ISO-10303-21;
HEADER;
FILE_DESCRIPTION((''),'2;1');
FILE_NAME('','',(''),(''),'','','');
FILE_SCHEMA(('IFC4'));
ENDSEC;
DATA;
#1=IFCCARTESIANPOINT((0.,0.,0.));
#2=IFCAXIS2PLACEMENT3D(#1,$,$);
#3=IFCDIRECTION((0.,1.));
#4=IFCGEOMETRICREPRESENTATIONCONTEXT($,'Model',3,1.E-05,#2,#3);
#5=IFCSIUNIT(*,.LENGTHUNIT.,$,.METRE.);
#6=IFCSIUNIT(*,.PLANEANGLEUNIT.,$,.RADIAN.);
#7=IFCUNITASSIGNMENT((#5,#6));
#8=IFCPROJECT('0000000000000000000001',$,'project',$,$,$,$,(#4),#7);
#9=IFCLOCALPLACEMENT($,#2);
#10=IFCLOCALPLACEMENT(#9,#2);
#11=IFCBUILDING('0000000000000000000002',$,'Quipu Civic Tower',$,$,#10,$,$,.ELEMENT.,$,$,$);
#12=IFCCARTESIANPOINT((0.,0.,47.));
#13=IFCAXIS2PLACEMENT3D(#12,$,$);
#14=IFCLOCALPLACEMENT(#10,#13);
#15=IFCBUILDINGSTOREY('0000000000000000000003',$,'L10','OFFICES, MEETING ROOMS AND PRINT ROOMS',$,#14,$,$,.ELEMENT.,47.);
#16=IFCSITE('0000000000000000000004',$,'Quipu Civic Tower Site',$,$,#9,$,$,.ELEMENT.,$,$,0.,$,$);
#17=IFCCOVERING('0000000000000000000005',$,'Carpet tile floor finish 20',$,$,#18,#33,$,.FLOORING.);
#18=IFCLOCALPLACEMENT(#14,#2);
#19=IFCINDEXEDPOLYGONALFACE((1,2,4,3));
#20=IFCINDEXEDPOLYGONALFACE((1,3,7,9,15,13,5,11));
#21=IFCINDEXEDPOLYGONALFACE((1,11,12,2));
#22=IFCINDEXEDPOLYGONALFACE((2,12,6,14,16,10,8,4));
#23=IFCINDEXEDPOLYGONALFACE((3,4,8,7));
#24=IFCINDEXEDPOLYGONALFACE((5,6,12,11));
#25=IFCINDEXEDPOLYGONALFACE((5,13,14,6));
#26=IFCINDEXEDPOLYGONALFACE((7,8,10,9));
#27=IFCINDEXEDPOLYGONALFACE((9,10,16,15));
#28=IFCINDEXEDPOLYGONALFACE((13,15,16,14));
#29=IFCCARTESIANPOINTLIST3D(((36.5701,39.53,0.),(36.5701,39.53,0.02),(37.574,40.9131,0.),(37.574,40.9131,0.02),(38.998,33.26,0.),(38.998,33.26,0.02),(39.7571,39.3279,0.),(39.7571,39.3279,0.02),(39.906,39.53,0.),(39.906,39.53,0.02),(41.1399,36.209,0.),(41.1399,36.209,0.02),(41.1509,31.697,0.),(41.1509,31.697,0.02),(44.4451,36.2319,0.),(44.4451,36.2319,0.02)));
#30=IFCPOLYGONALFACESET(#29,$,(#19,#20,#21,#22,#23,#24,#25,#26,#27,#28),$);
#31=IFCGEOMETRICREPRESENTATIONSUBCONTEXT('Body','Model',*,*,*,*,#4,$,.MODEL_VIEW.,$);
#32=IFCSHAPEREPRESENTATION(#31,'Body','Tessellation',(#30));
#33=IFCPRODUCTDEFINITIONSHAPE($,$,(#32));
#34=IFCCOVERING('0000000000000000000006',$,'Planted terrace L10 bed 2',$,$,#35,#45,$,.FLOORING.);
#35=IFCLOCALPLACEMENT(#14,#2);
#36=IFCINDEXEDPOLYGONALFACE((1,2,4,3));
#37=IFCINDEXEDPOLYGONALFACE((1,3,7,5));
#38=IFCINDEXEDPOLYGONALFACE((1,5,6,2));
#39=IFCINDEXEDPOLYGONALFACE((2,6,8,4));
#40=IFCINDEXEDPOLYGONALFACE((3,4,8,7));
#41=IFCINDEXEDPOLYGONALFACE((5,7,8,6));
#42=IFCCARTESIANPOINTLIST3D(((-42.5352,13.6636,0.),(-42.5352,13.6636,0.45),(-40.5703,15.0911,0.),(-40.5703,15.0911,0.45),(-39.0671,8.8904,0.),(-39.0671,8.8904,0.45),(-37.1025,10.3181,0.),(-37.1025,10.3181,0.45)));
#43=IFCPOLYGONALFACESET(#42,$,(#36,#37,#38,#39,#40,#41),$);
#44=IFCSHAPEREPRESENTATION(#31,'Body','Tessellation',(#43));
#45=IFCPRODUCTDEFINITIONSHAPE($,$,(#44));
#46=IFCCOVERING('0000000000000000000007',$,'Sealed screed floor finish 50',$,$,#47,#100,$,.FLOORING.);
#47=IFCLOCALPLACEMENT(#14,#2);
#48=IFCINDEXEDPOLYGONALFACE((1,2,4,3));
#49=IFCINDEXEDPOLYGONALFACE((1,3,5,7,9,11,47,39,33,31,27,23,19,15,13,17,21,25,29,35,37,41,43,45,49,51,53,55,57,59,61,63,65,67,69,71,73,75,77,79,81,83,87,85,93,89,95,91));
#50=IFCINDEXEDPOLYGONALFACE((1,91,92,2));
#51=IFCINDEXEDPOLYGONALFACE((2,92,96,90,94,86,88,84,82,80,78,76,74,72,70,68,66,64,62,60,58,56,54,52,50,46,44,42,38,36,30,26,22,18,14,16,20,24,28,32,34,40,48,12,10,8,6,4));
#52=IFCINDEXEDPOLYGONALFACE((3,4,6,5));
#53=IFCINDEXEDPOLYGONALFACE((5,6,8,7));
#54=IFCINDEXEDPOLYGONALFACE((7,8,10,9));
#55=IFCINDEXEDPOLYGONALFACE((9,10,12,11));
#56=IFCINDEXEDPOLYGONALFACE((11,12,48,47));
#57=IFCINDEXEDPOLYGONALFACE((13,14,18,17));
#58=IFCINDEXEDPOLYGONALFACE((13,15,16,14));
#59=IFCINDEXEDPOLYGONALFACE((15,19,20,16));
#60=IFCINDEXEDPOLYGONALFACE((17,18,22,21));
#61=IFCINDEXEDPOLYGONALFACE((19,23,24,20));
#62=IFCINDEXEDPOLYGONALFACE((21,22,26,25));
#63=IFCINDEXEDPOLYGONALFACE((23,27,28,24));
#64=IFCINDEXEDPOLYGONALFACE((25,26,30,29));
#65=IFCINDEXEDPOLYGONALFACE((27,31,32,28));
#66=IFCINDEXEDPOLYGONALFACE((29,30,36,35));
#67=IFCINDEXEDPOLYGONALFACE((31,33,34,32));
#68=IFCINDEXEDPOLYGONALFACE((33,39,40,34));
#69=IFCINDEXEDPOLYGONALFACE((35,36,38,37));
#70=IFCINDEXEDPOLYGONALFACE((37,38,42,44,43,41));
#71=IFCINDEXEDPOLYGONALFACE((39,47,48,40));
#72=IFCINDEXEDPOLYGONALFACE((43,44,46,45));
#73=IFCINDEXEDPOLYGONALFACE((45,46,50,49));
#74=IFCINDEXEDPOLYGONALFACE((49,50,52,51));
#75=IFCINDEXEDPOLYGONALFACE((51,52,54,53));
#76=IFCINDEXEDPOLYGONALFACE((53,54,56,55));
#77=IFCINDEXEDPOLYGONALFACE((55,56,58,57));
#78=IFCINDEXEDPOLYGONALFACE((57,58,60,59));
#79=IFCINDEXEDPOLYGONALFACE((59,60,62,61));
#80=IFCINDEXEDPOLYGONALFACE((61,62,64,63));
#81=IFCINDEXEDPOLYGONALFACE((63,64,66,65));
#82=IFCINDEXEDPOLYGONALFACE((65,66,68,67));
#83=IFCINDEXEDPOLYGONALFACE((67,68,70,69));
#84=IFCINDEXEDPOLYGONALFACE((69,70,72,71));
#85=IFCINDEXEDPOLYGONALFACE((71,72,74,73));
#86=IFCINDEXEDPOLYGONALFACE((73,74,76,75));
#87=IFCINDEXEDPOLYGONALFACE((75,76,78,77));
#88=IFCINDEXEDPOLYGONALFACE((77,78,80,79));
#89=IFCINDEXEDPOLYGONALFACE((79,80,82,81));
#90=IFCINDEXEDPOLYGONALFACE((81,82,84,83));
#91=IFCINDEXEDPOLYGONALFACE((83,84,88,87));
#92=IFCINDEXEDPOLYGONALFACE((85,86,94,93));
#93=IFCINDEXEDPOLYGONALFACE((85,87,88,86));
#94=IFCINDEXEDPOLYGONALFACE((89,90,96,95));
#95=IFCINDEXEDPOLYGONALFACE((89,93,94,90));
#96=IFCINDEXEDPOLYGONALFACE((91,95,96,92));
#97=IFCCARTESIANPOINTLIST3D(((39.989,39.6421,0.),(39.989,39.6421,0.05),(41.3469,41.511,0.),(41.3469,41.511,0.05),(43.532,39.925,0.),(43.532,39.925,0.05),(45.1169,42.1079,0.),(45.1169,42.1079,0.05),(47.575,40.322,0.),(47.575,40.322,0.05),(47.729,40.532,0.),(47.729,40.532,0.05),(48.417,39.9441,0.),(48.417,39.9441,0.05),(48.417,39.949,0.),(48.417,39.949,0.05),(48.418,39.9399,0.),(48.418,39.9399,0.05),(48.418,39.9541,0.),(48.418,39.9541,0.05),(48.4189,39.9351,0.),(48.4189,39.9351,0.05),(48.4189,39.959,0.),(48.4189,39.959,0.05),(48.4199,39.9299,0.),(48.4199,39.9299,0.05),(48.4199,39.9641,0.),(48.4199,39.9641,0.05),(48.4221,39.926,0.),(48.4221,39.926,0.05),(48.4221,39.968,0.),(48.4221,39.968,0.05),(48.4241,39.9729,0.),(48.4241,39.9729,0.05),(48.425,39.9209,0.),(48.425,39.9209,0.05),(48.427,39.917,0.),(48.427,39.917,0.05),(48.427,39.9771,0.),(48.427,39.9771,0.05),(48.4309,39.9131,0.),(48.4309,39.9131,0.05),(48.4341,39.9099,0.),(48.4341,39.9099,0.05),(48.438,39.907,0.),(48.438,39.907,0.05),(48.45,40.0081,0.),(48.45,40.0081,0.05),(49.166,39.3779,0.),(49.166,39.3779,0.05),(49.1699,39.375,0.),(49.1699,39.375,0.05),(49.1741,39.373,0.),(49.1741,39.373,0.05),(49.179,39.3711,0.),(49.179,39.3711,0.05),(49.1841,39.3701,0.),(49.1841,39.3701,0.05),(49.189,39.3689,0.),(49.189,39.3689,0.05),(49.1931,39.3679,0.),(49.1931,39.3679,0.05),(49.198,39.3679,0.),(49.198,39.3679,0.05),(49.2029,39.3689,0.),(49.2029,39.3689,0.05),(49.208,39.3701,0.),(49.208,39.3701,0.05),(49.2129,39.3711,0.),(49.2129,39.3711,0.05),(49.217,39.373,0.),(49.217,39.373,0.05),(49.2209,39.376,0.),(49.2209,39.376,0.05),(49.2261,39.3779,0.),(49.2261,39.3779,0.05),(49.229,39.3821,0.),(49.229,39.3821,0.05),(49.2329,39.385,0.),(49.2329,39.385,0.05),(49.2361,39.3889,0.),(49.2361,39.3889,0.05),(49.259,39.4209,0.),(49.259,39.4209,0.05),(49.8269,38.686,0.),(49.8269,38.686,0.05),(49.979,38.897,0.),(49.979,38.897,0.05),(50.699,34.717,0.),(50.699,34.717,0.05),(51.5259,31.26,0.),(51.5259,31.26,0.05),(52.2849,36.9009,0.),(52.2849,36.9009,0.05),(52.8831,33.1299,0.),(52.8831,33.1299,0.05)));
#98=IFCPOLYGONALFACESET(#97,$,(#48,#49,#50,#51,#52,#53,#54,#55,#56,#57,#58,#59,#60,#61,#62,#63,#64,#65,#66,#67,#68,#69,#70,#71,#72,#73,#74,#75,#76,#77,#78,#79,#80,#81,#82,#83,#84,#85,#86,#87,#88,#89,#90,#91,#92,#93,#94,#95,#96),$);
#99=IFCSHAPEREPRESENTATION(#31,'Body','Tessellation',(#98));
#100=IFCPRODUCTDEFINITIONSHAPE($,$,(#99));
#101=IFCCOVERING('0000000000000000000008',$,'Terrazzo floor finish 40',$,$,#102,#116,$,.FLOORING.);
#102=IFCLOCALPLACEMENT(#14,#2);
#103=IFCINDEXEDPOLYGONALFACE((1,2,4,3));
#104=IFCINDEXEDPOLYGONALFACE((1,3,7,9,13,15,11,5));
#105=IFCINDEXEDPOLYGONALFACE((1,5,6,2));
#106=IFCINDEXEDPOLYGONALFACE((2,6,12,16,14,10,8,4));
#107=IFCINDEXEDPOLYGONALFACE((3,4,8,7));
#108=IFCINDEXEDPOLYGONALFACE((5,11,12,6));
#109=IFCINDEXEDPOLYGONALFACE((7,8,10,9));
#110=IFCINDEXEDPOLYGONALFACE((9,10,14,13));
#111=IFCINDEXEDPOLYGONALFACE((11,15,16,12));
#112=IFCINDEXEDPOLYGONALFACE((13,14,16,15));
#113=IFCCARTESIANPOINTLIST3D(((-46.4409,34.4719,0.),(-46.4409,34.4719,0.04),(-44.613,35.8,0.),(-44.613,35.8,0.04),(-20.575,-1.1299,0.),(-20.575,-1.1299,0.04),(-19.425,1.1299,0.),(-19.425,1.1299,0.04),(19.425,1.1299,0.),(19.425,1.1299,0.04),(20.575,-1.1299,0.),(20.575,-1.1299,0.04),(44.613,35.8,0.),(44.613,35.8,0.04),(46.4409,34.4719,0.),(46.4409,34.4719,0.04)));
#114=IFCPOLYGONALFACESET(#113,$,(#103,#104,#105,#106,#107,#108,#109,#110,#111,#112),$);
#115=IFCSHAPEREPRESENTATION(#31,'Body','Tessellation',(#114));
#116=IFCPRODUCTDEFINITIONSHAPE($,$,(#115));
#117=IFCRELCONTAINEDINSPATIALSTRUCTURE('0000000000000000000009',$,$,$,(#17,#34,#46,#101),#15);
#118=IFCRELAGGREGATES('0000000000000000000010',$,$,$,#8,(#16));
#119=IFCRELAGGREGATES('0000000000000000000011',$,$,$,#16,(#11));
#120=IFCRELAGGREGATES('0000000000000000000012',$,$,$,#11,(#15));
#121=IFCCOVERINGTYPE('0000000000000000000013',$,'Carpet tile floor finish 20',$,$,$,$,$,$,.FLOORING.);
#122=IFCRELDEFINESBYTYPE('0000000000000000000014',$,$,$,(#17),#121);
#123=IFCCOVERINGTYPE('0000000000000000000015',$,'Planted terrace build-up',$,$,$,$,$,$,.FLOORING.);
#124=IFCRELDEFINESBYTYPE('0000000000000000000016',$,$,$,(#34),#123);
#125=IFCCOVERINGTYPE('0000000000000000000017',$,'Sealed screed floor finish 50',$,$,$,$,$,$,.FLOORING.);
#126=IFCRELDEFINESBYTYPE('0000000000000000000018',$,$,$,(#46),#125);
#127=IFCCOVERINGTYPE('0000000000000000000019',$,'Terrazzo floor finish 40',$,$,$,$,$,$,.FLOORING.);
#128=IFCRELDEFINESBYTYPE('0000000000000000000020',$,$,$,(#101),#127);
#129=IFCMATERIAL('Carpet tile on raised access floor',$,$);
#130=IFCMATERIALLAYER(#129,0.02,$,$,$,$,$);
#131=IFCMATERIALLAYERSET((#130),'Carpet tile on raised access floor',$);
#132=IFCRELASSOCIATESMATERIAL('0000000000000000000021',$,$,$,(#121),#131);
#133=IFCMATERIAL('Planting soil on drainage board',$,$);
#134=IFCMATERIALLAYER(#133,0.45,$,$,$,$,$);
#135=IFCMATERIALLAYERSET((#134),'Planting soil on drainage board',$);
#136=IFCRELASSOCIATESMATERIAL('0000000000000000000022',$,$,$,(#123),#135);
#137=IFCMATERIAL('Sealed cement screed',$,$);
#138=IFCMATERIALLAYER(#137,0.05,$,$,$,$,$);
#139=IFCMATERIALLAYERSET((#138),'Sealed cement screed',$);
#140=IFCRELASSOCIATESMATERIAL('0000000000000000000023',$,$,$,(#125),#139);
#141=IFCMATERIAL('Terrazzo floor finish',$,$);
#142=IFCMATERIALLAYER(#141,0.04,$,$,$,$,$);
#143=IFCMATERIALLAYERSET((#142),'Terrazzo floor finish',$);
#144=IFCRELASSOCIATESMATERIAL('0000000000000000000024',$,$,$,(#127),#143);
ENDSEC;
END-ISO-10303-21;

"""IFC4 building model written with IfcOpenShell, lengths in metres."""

from ifc_helpers import new_model, si_unit, direction, frame, origin, place, context, subcontext, project, spatial, polyline, outline, extrude, material, layer, layer_set, type_object, element, save


model = new_model("IFC4")

# Units and contexts
model_context = context("Model", 3, precision=1e-05, world=origin(), true_north=direction((0.0, 1.0)))
body_context = subcontext(model_context, "Body", "Model", "MODEL_VIEW")
ifc_project = project(units=[si_unit("LENGTHUNIT", "METRE"), si_unit("PLANEANGLEUNIT", "RADIAN")], contexts=[model_context])

# Site, building, storey
site_placement = place(None, origin())
site = spatial("IfcSite", under=ifc_project, at=site_placement, Name="Quipu Civic Tower Site", CompositionType="ELEMENT", RefElevation=0.0)
building_placement = place(site_placement, origin())
building = spatial("IfcBuilding", under=site, at=building_placement, Name="Quipu Civic Tower", CompositionType="ELEMENT")
storey_placement = place(building_placement, frame((0.0, 0.0, 47.0)))
storey = spatial("IfcBuildingStorey", under=building, at=storey_placement, Name="L10", Description="OFFICES, MEETING ROOMS AND PRINT ROOMS", CompositionType="ELEMENT", Elevation=47.0)

# Coverings
ifc_material_1 = material(Name="Carpet tile on raised access floor")
ifc_layer_1 = layer(ifc_material_1, 0.02)
ifc_layer_set_1 = layer_set([ifc_layer_1], Name="Carpet tile on raised access floor")
covering_type_1 = type_object("IfcCoveringType", Name="Carpet tile floor finish 20", PredefinedType="FLOORING", material=ifc_layer_set_1)
covering_1_placement = place(storey_placement, origin())
element("IfcCovering", 1, at=covering_1_placement, inside=storey, type_object=covering_type_1, Name="Carpet tile floor finish 20", PredefinedType="FLOORING", context=body_context, shape_type="SweptSolid", body=[
    extrude(outline(polyline([(36.5701, 39.53), (37.574, 40.9131), (39.7571, 39.3279), (39.906, 39.53), (44.4451, 36.2319), (41.1509, 31.697), (38.998, 33.26), (41.1399, 36.209), (36.5701, 39.53)])), origin(), (0.0, 0.0, 1.0), 0.02),
])
ifc_material_2 = material(Name="Planting soil on drainage board")
ifc_layer_2 = layer(ifc_material_2, 0.45)
ifc_layer_set_2 = layer_set([ifc_layer_2], Name="Planting soil on drainage board")
covering_type_2 = type_object("IfcCoveringType", Name="Planted terrace build-up", PredefinedType="FLOORING", material=ifc_layer_set_2)
covering_2_placement = place(storey_placement, origin())
element("IfcCovering", 2, at=covering_2_placement, inside=storey, type_object=covering_type_2, Name="Planted terrace L10 bed 2", PredefinedType="FLOORING", context=body_context, shape_type="SweptSolid", body=[
    extrude(outline(polyline([(-42.5352, 13.6636), (-40.5703, 15.0911), (-37.1025, 10.3181), (-39.0671, 8.8904), (-42.5352, 13.6636)])), origin(), (0.0, 0.0, 1.0), 0.45),
])
ifc_material_3 = material(Name="Sealed cement screed")
ifc_layer_3 = layer(ifc_material_3, 0.05)
ifc_layer_set_3 = layer_set([ifc_layer_3], Name="Sealed cement screed")
covering_type_3 = type_object("IfcCoveringType", Name="Sealed screed floor finish 50", PredefinedType="FLOORING", material=ifc_layer_set_3)
covering_3_placement = place(storey_placement, origin())
element("IfcCovering", 3, at=covering_3_placement, inside=storey, type_object=covering_type_3, Name="Sealed screed floor finish 50", PredefinedType="FLOORING", context=body_context, shape_type="SweptSolid", body=[
    extrude(outline(polyline([(39.989, 39.6421), (41.3469, 41.511), (43.532, 39.925), (45.1169, 42.1079), (47.575, 40.322), (47.729, 40.532), (48.45, 40.0081), (48.427, 39.9771), (48.4241, 39.9729), (48.4221, 39.968), (48.4199, 39.9641), (48.4189, 39.959), (48.418, 39.9541), (48.417, 39.949), (48.417, 39.9441), (48.418, 39.9399), (48.4189, 39.9351), (48.4199, 39.9299), (48.4221, 39.926), (48.425, 39.9209), (48.427, 39.917), (48.4309, 39.9131), (48.4341, 39.9099), (48.438, 39.907), (49.166, 39.3779), (49.1699, 39.375), (49.1741, 39.373), (49.179, 39.3711), (49.1841, 39.3701), (49.189, 39.3689), (49.1931, 39.3679), (49.198, 39.3679), (49.2029, 39.3689), (49.208, 39.3701), (49.2129, 39.3711), (49.217, 39.373), (49.2209, 39.376), (49.2261, 39.3779), (49.229, 39.3821), (49.2329, 39.385), (49.2361, 39.3889), (49.259, 39.4209), (49.979, 38.897), (49.8269, 38.686), (52.2849, 36.9009), (50.699, 34.717), (52.8831, 33.1299), (51.5259, 31.26), (39.989, 39.6421)])), origin(), (0.0, 0.0, 1.0), 0.05),
])
ifc_material_4 = material(Name="Terrazzo floor finish")
ifc_layer_4 = layer(ifc_material_4, 0.04)
ifc_layer_set_4 = layer_set([ifc_layer_4], Name="Terrazzo floor finish")
covering_type_4 = type_object("IfcCoveringType", Name="Terrazzo floor finish 40", PredefinedType="FLOORING", material=ifc_layer_set_4)
covering_4_placement = place(storey_placement, origin())
element("IfcCovering", 4, at=covering_4_placement, inside=storey, type_object=covering_type_4, Name="Terrazzo floor finish 40", PredefinedType="FLOORING", context=body_context, shape_type="SweptSolid", body=[
    extrude(outline(polyline([(20.575, -1.1299), (-20.575, -1.1299), (-46.4409, 34.4719), (-44.613, 35.8), (-19.425, 1.1299), (19.425, 1.1299), (44.613, 35.8), (46.4409, 34.4719), (20.575, -1.1299)])), origin(), (0.0, 0.0, 1.0), 0.04),
])

save(model, "model.ifc")
